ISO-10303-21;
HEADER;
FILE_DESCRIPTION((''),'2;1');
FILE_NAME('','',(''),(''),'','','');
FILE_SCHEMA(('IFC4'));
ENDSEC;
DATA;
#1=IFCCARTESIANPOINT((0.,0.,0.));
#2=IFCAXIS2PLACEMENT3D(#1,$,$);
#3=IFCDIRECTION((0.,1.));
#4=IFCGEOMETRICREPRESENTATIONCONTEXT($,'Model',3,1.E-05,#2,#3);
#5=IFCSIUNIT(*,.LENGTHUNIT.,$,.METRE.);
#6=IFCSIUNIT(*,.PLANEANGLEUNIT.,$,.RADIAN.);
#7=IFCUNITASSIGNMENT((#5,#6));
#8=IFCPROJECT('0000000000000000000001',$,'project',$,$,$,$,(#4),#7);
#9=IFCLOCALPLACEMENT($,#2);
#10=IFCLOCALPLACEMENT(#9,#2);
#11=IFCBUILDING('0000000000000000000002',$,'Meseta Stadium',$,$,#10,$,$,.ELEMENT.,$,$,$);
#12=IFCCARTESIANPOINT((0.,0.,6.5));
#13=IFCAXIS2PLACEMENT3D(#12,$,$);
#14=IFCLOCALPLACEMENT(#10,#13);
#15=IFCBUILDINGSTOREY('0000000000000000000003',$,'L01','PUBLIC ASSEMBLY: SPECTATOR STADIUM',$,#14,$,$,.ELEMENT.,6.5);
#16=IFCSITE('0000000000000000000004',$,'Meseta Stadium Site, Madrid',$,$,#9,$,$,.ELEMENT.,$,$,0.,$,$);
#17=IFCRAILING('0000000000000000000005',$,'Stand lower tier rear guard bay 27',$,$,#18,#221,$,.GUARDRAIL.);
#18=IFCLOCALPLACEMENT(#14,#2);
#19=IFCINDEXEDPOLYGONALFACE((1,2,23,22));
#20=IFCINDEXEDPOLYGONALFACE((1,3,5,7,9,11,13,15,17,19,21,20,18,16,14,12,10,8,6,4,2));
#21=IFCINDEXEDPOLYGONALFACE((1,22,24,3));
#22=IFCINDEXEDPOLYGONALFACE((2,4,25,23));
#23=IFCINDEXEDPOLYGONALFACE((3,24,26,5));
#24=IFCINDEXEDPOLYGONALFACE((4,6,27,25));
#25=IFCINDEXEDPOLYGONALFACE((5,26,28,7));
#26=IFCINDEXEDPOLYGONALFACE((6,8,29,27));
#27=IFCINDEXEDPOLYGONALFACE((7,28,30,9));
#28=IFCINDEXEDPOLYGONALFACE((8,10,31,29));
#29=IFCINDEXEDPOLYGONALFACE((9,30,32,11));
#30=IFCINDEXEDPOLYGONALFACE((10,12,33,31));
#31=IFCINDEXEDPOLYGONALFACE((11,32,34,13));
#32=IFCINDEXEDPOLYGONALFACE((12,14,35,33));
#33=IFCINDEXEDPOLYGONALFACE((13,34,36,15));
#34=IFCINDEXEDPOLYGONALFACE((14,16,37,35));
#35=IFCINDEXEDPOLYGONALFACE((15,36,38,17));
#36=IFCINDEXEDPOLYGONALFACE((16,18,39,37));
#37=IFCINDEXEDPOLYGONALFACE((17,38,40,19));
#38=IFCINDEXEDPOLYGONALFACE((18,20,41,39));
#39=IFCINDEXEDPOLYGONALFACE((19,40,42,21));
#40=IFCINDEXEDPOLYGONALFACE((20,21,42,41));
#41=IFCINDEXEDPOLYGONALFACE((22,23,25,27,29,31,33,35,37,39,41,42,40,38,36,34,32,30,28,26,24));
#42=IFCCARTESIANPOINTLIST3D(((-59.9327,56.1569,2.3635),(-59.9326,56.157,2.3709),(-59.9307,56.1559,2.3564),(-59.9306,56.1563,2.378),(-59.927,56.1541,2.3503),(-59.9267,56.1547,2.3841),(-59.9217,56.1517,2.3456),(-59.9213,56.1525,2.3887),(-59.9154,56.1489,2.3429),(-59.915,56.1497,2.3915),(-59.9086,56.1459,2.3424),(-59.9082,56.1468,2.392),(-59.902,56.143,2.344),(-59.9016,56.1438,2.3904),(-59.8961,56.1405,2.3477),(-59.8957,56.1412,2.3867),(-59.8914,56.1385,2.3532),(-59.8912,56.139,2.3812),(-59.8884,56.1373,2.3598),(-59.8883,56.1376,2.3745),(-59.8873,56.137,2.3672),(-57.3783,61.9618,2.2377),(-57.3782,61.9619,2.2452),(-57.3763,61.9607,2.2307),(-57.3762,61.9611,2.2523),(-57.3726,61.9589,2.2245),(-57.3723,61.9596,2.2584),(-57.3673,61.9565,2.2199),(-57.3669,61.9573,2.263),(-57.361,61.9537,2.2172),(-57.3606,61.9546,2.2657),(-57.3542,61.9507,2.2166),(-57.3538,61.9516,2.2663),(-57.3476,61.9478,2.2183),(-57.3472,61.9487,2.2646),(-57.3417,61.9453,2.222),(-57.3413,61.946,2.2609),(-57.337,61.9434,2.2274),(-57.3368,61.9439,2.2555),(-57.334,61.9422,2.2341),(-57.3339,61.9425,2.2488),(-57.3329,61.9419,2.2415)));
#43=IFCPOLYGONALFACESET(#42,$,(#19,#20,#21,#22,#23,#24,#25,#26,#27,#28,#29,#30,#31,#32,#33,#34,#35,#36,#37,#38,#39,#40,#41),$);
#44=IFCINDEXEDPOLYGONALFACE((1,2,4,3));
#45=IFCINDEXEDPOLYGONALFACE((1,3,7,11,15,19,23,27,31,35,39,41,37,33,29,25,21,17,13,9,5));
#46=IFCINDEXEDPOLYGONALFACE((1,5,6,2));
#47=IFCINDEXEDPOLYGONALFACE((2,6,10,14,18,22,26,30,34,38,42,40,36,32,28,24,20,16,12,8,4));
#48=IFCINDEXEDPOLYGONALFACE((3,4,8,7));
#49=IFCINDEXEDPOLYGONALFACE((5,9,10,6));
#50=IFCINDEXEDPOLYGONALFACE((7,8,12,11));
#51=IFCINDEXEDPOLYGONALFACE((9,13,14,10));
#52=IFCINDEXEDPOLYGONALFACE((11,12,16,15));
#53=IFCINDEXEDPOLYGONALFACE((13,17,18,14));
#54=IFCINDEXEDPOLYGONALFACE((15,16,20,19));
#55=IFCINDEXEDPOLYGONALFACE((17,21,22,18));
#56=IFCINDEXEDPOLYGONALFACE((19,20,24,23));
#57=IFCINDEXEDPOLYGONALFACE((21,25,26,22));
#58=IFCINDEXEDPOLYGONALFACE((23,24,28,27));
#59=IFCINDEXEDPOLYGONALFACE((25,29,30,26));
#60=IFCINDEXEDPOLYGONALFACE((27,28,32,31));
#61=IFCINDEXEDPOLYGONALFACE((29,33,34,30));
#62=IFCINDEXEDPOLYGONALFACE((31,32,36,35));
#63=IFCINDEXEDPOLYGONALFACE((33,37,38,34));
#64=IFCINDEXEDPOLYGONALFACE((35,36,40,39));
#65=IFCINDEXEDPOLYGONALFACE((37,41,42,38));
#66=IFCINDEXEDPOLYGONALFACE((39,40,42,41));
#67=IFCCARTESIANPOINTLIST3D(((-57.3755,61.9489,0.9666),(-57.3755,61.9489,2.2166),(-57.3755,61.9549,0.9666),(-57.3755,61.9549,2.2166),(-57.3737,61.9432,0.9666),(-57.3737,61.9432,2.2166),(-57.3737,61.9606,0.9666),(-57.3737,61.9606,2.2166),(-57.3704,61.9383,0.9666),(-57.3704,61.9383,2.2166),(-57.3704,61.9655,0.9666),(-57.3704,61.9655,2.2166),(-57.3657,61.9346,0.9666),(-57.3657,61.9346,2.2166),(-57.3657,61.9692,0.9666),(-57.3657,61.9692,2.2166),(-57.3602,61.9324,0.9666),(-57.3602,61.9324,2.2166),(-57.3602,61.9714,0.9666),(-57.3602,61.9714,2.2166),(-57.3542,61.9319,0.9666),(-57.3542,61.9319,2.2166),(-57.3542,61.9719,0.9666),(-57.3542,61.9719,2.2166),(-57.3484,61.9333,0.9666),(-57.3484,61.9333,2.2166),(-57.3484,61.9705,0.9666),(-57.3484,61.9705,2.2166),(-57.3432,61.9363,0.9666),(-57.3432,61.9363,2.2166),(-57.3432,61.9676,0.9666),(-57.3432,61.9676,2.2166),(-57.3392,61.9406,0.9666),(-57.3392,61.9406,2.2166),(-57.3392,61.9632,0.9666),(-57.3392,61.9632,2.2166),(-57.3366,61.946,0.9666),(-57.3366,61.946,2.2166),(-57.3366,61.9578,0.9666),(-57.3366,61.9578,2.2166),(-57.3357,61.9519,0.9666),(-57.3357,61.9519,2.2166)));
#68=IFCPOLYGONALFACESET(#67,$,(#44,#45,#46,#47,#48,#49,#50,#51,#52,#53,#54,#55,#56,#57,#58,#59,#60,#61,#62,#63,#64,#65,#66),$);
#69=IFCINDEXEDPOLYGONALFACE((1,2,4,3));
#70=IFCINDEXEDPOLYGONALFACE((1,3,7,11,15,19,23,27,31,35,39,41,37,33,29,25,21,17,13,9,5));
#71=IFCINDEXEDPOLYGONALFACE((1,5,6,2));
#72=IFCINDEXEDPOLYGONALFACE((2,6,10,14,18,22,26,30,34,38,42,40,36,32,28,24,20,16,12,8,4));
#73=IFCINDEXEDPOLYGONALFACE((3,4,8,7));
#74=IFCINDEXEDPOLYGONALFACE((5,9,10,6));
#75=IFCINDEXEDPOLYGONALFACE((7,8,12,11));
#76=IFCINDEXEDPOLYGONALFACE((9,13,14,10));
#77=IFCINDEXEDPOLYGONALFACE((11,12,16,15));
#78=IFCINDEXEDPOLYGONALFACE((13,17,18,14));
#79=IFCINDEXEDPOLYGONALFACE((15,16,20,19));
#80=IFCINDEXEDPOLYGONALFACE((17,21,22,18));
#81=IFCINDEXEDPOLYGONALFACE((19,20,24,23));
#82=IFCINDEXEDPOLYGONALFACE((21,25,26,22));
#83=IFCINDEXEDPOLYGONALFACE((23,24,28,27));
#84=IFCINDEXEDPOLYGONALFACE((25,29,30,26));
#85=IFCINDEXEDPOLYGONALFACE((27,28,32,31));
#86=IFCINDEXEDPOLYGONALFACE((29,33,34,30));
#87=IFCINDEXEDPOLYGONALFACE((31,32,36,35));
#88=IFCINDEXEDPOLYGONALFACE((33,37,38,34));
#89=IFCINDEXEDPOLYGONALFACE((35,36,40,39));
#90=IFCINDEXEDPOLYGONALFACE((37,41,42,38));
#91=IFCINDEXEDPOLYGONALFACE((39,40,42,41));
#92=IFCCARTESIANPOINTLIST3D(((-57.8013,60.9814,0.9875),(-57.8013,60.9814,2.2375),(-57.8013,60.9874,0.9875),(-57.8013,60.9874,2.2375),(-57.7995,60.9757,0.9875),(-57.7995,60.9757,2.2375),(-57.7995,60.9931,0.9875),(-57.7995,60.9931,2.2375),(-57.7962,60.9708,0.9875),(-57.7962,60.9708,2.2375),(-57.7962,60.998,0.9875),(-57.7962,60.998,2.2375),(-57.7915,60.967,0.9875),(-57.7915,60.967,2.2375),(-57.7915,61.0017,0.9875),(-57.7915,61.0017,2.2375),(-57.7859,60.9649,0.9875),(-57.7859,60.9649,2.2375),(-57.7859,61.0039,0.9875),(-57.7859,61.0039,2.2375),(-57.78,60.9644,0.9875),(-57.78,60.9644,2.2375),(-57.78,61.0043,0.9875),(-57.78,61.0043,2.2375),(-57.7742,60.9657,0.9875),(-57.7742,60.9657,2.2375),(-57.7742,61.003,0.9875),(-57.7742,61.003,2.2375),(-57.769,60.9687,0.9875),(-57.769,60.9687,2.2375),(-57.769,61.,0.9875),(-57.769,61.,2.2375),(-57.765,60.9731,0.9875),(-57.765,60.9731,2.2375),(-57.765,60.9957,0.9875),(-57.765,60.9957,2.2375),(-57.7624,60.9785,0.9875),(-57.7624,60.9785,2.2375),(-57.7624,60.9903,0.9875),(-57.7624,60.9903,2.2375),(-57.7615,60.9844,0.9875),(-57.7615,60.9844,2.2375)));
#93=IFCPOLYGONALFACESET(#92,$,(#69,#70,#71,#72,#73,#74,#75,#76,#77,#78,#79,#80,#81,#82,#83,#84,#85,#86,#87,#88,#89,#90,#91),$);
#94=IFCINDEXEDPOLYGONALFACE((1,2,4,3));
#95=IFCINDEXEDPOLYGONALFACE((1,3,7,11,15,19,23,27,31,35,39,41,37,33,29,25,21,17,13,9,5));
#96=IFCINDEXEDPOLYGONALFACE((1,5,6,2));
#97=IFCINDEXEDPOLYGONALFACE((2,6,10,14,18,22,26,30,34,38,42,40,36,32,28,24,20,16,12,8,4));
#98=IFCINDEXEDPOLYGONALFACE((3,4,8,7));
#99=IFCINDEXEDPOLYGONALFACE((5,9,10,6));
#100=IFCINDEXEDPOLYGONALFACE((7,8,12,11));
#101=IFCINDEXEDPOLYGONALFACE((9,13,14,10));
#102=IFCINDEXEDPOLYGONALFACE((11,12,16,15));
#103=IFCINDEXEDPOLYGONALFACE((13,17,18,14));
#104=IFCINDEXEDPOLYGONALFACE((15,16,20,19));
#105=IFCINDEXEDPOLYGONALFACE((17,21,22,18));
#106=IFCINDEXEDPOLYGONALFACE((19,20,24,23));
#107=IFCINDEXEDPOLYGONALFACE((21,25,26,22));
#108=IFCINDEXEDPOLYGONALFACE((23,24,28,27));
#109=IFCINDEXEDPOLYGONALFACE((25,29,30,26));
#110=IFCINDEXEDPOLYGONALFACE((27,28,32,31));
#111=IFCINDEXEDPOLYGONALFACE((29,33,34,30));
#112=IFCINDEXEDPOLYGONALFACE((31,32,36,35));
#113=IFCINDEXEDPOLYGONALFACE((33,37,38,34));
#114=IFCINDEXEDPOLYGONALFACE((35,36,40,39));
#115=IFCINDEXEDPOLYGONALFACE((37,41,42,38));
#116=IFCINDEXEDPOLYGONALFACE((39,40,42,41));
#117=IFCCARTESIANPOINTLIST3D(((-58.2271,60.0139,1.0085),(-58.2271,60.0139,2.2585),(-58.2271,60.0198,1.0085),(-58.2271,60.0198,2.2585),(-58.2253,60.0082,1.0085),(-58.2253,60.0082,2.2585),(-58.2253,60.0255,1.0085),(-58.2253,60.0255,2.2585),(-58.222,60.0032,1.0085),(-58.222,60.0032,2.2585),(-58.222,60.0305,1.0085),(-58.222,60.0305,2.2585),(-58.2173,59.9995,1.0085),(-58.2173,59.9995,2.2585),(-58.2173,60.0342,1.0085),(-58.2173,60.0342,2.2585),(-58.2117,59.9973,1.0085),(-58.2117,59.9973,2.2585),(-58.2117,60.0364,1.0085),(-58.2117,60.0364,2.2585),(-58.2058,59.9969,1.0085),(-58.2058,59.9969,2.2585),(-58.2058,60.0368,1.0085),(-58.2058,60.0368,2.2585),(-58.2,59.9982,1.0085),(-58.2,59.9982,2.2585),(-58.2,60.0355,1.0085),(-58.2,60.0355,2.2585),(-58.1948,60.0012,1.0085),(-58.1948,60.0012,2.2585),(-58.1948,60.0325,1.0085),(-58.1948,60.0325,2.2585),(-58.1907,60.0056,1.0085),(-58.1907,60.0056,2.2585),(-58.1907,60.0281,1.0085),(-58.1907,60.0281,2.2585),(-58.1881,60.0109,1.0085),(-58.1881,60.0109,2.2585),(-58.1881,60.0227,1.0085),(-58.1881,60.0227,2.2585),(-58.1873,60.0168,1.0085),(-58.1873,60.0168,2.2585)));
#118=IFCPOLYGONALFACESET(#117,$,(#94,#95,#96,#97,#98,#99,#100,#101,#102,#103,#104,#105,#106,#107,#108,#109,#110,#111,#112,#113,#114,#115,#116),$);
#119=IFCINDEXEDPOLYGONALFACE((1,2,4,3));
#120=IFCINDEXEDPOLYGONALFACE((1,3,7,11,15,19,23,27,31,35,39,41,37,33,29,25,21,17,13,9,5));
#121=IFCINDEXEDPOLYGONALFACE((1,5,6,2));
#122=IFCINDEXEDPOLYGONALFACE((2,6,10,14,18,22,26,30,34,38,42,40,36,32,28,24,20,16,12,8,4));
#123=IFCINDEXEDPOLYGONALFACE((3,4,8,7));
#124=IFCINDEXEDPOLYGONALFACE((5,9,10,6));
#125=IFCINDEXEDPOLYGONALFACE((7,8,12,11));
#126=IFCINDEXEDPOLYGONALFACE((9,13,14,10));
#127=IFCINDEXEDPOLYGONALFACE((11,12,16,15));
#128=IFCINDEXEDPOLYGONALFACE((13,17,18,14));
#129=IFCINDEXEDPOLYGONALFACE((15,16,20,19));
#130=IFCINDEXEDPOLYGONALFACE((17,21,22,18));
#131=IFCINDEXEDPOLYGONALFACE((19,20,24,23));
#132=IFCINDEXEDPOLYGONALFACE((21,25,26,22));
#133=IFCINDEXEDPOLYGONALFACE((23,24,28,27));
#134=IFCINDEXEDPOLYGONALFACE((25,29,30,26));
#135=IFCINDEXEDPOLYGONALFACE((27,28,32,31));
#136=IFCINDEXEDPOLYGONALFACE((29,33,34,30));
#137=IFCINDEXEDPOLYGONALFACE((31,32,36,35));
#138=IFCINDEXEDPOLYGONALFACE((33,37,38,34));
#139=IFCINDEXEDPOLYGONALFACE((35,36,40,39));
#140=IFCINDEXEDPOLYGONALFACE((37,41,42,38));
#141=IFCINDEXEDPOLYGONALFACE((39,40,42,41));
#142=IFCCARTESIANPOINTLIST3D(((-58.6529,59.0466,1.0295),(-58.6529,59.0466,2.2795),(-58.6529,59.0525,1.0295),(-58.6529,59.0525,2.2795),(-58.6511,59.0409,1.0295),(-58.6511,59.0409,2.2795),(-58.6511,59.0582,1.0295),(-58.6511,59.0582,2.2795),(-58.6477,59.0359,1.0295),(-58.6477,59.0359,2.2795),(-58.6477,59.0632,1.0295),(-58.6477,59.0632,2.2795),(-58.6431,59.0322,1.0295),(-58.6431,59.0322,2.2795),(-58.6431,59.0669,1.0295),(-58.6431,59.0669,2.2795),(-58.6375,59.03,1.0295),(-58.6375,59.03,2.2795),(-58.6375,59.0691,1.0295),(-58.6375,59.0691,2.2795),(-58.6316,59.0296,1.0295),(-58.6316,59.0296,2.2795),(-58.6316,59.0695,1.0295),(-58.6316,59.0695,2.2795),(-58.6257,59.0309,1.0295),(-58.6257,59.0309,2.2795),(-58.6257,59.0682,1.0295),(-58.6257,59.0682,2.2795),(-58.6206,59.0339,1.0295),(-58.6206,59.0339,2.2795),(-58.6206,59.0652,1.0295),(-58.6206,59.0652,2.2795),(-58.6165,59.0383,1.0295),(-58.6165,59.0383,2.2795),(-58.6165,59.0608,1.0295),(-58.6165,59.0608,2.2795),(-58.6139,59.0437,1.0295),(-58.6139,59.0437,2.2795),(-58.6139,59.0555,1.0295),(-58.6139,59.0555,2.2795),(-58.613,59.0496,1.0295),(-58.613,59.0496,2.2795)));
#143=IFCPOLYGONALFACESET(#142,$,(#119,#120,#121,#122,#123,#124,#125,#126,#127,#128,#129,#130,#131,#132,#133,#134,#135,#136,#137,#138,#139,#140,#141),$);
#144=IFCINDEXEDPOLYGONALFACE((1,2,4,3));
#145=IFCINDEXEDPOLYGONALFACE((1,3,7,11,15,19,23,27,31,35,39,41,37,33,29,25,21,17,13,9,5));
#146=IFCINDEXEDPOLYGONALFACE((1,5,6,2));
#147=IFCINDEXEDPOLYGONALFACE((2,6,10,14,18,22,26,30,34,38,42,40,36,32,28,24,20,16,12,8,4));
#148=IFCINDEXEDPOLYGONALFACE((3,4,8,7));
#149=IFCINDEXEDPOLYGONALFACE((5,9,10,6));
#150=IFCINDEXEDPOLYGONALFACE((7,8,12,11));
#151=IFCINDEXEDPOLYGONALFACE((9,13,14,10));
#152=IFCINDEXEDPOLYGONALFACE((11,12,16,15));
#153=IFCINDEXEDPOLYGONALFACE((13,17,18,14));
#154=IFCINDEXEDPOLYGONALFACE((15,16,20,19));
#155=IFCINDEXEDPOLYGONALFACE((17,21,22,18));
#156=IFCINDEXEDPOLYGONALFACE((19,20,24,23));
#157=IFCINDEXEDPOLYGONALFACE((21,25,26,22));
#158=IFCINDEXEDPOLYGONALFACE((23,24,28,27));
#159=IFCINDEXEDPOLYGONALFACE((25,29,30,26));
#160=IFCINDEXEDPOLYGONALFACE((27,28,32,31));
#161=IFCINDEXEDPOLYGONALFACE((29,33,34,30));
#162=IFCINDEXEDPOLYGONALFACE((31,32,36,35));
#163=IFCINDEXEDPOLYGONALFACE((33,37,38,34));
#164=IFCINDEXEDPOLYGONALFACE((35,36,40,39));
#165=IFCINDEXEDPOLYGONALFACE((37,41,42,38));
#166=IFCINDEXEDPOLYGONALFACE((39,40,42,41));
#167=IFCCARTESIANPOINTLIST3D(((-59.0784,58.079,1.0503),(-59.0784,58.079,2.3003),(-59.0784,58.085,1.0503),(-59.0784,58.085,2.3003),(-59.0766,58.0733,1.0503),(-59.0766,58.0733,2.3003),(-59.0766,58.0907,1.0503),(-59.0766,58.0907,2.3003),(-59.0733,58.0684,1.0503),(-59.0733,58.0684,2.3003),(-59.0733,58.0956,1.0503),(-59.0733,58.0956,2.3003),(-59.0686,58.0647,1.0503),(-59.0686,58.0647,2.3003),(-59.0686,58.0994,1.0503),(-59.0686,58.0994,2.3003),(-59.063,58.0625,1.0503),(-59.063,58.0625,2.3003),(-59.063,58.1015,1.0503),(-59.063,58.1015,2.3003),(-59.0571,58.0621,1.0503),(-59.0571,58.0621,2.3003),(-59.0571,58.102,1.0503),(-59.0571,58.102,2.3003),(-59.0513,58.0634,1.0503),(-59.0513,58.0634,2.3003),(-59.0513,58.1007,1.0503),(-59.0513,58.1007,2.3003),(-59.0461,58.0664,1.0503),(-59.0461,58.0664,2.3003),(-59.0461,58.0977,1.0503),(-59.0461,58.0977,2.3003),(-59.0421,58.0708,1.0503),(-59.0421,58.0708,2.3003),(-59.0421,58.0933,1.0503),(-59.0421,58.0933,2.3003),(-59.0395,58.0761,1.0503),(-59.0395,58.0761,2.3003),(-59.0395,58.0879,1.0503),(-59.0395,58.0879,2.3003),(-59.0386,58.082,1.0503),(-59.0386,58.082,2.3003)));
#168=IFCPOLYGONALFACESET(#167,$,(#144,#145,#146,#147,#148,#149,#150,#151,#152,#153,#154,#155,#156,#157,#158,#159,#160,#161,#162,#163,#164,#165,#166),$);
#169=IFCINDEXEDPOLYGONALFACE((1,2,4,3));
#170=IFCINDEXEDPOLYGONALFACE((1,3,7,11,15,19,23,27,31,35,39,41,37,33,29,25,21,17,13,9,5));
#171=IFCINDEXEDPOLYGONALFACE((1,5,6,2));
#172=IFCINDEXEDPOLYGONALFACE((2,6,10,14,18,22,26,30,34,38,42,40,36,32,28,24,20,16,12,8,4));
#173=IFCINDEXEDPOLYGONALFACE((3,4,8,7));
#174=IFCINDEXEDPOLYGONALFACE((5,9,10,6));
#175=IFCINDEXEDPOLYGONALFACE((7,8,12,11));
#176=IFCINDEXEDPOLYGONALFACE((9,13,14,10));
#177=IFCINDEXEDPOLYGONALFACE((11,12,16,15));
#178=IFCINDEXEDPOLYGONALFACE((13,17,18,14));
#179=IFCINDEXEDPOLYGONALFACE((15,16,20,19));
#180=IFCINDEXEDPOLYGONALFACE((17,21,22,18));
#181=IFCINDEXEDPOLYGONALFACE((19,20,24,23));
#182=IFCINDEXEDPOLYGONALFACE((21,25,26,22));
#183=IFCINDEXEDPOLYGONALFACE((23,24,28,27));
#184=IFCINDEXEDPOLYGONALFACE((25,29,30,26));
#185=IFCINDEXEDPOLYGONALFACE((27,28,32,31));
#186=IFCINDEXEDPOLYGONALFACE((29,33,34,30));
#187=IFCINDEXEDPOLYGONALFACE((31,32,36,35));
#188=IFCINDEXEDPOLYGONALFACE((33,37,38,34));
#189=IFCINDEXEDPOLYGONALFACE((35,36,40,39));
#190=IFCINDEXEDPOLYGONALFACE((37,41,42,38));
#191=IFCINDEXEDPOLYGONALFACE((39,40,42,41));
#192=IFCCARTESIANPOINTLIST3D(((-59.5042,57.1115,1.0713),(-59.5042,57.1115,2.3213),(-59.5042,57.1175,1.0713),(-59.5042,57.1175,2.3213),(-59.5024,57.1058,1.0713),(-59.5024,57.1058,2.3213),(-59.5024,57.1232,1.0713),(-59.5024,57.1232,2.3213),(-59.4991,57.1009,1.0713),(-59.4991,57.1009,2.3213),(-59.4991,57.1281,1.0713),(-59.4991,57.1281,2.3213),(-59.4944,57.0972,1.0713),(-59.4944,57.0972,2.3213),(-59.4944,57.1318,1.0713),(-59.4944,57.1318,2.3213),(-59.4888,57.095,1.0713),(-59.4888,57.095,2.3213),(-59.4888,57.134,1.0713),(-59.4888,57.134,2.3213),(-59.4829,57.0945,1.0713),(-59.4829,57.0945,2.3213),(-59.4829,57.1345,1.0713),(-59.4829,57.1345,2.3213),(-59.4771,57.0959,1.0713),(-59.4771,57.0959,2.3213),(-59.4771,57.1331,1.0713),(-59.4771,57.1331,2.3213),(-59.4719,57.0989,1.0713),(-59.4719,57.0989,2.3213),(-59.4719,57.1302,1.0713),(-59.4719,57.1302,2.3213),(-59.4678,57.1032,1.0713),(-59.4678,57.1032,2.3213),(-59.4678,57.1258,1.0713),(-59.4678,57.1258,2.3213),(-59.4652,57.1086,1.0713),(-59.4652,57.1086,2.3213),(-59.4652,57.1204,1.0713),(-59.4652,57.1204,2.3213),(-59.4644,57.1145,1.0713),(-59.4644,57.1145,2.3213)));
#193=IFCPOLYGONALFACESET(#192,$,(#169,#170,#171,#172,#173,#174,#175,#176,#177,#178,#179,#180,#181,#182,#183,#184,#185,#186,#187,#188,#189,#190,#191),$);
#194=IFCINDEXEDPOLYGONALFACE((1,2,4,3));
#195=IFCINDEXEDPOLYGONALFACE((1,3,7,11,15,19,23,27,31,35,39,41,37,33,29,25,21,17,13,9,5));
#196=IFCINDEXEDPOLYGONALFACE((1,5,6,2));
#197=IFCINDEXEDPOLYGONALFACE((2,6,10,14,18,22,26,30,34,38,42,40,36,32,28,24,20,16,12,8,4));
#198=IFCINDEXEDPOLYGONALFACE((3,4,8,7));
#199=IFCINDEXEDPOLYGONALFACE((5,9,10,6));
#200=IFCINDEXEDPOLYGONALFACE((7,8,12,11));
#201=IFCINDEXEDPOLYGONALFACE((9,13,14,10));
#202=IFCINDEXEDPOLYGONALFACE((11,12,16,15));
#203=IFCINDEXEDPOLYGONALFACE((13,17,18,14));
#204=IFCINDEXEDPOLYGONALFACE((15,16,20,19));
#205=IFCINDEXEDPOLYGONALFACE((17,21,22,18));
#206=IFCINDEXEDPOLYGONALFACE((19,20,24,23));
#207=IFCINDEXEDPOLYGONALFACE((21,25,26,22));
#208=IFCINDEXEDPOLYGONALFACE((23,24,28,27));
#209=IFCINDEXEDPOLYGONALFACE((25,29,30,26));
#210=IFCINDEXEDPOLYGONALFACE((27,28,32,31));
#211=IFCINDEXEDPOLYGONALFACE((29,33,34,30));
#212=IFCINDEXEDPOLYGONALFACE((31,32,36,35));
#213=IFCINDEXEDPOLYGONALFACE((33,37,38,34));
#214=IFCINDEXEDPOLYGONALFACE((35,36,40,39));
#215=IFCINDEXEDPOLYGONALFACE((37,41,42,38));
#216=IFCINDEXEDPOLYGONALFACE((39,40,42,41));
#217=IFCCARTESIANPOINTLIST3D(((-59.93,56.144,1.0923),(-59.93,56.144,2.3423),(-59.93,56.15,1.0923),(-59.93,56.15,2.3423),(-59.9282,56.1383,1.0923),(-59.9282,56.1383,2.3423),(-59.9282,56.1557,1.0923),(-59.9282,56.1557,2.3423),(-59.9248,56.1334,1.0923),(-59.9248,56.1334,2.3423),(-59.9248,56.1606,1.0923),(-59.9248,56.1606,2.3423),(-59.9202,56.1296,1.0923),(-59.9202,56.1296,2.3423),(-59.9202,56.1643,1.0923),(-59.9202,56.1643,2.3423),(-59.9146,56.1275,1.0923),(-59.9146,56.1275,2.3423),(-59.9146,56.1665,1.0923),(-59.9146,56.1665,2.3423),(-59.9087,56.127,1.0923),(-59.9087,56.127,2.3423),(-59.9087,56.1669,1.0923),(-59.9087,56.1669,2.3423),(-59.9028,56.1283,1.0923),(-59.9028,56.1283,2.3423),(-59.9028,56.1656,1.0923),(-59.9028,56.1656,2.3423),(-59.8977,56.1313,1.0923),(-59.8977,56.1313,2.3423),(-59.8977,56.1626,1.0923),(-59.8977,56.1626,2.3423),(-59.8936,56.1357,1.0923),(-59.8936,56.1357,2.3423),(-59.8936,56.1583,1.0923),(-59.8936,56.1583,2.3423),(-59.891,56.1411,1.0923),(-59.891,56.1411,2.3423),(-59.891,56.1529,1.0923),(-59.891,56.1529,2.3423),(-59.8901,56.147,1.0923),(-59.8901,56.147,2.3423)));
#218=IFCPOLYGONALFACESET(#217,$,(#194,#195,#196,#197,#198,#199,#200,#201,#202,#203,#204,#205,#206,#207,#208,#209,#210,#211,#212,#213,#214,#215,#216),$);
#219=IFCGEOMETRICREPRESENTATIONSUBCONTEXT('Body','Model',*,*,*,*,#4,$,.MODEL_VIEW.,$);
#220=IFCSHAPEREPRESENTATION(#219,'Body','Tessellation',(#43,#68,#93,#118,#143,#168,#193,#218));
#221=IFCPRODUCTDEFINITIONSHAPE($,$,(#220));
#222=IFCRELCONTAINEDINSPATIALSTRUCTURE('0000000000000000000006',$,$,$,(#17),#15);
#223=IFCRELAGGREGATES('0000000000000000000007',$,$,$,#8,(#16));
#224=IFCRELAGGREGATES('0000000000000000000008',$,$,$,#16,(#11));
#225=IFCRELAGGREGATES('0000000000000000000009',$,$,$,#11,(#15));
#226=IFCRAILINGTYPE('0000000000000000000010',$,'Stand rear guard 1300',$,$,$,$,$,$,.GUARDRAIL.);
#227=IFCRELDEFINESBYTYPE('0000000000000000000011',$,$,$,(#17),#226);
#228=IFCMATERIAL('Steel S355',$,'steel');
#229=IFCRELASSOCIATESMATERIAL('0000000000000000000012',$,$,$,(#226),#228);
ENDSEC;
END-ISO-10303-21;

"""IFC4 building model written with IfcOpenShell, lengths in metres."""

from ifc_helpers import new_model, si_unit, direction, frame, origin, origin_2d, place, context, subcontext, project, spatial, circle, extrude, material, type_object, element, save


model = new_model("IFC4")

# Units and contexts
model_context = context("Model", 3, precision=1e-05, world=origin(), true_north=direction((0.0, 1.0)))
body_context = subcontext(model_context, "Body", "Model", "MODEL_VIEW")
ifc_project = project(units=[si_unit("LENGTHUNIT", "METRE"), si_unit("PLANEANGLEUNIT", "RADIAN")], contexts=[model_context])

# Site, building, storey
site_placement = place(None, origin())
site = spatial("IfcSite", under=ifc_project, at=site_placement, Name="Meseta Stadium Site, Madrid", CompositionType="ELEMENT", RefElevation=0.0)
building_placement = place(site_placement, origin())
building = spatial("IfcBuilding", under=site, at=building_placement, Name="Meseta Stadium", CompositionType="ELEMENT")
storey_placement = place(building_placement, frame((0.0, 0.0, 6.5)))
storey = spatial("IfcBuildingStorey", under=building, at=storey_placement, Name="L01", Description="PUBLIC ASSEMBLY: SPECTATOR STADIUM", CompositionType="ELEMENT", Elevation=6.5)

# Railing
ifc_material_1 = material(Name="Steel S355", Category="steel")
railing_type = type_object("IfcRailingType", Name="Stand rear guard 1300", PredefinedType="GUARDRAIL", material=ifc_material_1)
railing_1_placement = place(storey_placement, frame((-57.3557, 61.9519, 0.9666)))
element("IfcRailing", 1, at=railing_1_placement, inside=storey, type_object=railing_type, Name="Stand lower tier rear guard bay 27", PredefinedType="GUARDRAIL", context=body_context, shape_type="SweptSolid", body=[
    extrude(circle(Radius=0.0249, at=origin_2d()), frame((0.0, 0.0, 1.2749), z_axis=(-0.402696, -0.915119, 0.019821), x_axis=(0.915299, -0.402775, 0.0)), (0.0, 0.0, 1.0), 6.3433),
    extrude(circle(Radius=0.02, at=origin_2d()), origin(), (0.0, 0.0, 1.0), 1.25),
    extrude(circle(Radius=0.02, at=origin_2d()), frame((-0.4258, -0.9675, 0.021)), (0.0, 0.0, 1.0), 1.25),
    extrude(circle(Radius=0.02, at=origin_2d()), frame((-0.8516, -1.9351, 0.042)), (0.0, 0.0, 1.0), 1.25),
    extrude(circle(Radius=0.02, at=origin_2d()), frame((-1.2773, -2.9023, 0.063)), (0.0, 0.0, 1.0), 1.25),
    extrude(circle(Radius=0.02, at=origin_2d()), frame((-1.7029, -3.8699, 0.0837)), (0.0, 0.0, 1.0), 1.25),
    extrude(circle(Radius=0.02, at=origin_2d()), frame((-2.1287, -4.8374, 0.1047)), (0.0, 0.0, 1.0), 1.25),
    extrude(circle(Radius=0.02, at=origin_2d()), frame((-2.5544, -5.8049, 0.1257)), (0.0, 0.0, 1.0), 1.25),
])

save(model, "model.ifc")
